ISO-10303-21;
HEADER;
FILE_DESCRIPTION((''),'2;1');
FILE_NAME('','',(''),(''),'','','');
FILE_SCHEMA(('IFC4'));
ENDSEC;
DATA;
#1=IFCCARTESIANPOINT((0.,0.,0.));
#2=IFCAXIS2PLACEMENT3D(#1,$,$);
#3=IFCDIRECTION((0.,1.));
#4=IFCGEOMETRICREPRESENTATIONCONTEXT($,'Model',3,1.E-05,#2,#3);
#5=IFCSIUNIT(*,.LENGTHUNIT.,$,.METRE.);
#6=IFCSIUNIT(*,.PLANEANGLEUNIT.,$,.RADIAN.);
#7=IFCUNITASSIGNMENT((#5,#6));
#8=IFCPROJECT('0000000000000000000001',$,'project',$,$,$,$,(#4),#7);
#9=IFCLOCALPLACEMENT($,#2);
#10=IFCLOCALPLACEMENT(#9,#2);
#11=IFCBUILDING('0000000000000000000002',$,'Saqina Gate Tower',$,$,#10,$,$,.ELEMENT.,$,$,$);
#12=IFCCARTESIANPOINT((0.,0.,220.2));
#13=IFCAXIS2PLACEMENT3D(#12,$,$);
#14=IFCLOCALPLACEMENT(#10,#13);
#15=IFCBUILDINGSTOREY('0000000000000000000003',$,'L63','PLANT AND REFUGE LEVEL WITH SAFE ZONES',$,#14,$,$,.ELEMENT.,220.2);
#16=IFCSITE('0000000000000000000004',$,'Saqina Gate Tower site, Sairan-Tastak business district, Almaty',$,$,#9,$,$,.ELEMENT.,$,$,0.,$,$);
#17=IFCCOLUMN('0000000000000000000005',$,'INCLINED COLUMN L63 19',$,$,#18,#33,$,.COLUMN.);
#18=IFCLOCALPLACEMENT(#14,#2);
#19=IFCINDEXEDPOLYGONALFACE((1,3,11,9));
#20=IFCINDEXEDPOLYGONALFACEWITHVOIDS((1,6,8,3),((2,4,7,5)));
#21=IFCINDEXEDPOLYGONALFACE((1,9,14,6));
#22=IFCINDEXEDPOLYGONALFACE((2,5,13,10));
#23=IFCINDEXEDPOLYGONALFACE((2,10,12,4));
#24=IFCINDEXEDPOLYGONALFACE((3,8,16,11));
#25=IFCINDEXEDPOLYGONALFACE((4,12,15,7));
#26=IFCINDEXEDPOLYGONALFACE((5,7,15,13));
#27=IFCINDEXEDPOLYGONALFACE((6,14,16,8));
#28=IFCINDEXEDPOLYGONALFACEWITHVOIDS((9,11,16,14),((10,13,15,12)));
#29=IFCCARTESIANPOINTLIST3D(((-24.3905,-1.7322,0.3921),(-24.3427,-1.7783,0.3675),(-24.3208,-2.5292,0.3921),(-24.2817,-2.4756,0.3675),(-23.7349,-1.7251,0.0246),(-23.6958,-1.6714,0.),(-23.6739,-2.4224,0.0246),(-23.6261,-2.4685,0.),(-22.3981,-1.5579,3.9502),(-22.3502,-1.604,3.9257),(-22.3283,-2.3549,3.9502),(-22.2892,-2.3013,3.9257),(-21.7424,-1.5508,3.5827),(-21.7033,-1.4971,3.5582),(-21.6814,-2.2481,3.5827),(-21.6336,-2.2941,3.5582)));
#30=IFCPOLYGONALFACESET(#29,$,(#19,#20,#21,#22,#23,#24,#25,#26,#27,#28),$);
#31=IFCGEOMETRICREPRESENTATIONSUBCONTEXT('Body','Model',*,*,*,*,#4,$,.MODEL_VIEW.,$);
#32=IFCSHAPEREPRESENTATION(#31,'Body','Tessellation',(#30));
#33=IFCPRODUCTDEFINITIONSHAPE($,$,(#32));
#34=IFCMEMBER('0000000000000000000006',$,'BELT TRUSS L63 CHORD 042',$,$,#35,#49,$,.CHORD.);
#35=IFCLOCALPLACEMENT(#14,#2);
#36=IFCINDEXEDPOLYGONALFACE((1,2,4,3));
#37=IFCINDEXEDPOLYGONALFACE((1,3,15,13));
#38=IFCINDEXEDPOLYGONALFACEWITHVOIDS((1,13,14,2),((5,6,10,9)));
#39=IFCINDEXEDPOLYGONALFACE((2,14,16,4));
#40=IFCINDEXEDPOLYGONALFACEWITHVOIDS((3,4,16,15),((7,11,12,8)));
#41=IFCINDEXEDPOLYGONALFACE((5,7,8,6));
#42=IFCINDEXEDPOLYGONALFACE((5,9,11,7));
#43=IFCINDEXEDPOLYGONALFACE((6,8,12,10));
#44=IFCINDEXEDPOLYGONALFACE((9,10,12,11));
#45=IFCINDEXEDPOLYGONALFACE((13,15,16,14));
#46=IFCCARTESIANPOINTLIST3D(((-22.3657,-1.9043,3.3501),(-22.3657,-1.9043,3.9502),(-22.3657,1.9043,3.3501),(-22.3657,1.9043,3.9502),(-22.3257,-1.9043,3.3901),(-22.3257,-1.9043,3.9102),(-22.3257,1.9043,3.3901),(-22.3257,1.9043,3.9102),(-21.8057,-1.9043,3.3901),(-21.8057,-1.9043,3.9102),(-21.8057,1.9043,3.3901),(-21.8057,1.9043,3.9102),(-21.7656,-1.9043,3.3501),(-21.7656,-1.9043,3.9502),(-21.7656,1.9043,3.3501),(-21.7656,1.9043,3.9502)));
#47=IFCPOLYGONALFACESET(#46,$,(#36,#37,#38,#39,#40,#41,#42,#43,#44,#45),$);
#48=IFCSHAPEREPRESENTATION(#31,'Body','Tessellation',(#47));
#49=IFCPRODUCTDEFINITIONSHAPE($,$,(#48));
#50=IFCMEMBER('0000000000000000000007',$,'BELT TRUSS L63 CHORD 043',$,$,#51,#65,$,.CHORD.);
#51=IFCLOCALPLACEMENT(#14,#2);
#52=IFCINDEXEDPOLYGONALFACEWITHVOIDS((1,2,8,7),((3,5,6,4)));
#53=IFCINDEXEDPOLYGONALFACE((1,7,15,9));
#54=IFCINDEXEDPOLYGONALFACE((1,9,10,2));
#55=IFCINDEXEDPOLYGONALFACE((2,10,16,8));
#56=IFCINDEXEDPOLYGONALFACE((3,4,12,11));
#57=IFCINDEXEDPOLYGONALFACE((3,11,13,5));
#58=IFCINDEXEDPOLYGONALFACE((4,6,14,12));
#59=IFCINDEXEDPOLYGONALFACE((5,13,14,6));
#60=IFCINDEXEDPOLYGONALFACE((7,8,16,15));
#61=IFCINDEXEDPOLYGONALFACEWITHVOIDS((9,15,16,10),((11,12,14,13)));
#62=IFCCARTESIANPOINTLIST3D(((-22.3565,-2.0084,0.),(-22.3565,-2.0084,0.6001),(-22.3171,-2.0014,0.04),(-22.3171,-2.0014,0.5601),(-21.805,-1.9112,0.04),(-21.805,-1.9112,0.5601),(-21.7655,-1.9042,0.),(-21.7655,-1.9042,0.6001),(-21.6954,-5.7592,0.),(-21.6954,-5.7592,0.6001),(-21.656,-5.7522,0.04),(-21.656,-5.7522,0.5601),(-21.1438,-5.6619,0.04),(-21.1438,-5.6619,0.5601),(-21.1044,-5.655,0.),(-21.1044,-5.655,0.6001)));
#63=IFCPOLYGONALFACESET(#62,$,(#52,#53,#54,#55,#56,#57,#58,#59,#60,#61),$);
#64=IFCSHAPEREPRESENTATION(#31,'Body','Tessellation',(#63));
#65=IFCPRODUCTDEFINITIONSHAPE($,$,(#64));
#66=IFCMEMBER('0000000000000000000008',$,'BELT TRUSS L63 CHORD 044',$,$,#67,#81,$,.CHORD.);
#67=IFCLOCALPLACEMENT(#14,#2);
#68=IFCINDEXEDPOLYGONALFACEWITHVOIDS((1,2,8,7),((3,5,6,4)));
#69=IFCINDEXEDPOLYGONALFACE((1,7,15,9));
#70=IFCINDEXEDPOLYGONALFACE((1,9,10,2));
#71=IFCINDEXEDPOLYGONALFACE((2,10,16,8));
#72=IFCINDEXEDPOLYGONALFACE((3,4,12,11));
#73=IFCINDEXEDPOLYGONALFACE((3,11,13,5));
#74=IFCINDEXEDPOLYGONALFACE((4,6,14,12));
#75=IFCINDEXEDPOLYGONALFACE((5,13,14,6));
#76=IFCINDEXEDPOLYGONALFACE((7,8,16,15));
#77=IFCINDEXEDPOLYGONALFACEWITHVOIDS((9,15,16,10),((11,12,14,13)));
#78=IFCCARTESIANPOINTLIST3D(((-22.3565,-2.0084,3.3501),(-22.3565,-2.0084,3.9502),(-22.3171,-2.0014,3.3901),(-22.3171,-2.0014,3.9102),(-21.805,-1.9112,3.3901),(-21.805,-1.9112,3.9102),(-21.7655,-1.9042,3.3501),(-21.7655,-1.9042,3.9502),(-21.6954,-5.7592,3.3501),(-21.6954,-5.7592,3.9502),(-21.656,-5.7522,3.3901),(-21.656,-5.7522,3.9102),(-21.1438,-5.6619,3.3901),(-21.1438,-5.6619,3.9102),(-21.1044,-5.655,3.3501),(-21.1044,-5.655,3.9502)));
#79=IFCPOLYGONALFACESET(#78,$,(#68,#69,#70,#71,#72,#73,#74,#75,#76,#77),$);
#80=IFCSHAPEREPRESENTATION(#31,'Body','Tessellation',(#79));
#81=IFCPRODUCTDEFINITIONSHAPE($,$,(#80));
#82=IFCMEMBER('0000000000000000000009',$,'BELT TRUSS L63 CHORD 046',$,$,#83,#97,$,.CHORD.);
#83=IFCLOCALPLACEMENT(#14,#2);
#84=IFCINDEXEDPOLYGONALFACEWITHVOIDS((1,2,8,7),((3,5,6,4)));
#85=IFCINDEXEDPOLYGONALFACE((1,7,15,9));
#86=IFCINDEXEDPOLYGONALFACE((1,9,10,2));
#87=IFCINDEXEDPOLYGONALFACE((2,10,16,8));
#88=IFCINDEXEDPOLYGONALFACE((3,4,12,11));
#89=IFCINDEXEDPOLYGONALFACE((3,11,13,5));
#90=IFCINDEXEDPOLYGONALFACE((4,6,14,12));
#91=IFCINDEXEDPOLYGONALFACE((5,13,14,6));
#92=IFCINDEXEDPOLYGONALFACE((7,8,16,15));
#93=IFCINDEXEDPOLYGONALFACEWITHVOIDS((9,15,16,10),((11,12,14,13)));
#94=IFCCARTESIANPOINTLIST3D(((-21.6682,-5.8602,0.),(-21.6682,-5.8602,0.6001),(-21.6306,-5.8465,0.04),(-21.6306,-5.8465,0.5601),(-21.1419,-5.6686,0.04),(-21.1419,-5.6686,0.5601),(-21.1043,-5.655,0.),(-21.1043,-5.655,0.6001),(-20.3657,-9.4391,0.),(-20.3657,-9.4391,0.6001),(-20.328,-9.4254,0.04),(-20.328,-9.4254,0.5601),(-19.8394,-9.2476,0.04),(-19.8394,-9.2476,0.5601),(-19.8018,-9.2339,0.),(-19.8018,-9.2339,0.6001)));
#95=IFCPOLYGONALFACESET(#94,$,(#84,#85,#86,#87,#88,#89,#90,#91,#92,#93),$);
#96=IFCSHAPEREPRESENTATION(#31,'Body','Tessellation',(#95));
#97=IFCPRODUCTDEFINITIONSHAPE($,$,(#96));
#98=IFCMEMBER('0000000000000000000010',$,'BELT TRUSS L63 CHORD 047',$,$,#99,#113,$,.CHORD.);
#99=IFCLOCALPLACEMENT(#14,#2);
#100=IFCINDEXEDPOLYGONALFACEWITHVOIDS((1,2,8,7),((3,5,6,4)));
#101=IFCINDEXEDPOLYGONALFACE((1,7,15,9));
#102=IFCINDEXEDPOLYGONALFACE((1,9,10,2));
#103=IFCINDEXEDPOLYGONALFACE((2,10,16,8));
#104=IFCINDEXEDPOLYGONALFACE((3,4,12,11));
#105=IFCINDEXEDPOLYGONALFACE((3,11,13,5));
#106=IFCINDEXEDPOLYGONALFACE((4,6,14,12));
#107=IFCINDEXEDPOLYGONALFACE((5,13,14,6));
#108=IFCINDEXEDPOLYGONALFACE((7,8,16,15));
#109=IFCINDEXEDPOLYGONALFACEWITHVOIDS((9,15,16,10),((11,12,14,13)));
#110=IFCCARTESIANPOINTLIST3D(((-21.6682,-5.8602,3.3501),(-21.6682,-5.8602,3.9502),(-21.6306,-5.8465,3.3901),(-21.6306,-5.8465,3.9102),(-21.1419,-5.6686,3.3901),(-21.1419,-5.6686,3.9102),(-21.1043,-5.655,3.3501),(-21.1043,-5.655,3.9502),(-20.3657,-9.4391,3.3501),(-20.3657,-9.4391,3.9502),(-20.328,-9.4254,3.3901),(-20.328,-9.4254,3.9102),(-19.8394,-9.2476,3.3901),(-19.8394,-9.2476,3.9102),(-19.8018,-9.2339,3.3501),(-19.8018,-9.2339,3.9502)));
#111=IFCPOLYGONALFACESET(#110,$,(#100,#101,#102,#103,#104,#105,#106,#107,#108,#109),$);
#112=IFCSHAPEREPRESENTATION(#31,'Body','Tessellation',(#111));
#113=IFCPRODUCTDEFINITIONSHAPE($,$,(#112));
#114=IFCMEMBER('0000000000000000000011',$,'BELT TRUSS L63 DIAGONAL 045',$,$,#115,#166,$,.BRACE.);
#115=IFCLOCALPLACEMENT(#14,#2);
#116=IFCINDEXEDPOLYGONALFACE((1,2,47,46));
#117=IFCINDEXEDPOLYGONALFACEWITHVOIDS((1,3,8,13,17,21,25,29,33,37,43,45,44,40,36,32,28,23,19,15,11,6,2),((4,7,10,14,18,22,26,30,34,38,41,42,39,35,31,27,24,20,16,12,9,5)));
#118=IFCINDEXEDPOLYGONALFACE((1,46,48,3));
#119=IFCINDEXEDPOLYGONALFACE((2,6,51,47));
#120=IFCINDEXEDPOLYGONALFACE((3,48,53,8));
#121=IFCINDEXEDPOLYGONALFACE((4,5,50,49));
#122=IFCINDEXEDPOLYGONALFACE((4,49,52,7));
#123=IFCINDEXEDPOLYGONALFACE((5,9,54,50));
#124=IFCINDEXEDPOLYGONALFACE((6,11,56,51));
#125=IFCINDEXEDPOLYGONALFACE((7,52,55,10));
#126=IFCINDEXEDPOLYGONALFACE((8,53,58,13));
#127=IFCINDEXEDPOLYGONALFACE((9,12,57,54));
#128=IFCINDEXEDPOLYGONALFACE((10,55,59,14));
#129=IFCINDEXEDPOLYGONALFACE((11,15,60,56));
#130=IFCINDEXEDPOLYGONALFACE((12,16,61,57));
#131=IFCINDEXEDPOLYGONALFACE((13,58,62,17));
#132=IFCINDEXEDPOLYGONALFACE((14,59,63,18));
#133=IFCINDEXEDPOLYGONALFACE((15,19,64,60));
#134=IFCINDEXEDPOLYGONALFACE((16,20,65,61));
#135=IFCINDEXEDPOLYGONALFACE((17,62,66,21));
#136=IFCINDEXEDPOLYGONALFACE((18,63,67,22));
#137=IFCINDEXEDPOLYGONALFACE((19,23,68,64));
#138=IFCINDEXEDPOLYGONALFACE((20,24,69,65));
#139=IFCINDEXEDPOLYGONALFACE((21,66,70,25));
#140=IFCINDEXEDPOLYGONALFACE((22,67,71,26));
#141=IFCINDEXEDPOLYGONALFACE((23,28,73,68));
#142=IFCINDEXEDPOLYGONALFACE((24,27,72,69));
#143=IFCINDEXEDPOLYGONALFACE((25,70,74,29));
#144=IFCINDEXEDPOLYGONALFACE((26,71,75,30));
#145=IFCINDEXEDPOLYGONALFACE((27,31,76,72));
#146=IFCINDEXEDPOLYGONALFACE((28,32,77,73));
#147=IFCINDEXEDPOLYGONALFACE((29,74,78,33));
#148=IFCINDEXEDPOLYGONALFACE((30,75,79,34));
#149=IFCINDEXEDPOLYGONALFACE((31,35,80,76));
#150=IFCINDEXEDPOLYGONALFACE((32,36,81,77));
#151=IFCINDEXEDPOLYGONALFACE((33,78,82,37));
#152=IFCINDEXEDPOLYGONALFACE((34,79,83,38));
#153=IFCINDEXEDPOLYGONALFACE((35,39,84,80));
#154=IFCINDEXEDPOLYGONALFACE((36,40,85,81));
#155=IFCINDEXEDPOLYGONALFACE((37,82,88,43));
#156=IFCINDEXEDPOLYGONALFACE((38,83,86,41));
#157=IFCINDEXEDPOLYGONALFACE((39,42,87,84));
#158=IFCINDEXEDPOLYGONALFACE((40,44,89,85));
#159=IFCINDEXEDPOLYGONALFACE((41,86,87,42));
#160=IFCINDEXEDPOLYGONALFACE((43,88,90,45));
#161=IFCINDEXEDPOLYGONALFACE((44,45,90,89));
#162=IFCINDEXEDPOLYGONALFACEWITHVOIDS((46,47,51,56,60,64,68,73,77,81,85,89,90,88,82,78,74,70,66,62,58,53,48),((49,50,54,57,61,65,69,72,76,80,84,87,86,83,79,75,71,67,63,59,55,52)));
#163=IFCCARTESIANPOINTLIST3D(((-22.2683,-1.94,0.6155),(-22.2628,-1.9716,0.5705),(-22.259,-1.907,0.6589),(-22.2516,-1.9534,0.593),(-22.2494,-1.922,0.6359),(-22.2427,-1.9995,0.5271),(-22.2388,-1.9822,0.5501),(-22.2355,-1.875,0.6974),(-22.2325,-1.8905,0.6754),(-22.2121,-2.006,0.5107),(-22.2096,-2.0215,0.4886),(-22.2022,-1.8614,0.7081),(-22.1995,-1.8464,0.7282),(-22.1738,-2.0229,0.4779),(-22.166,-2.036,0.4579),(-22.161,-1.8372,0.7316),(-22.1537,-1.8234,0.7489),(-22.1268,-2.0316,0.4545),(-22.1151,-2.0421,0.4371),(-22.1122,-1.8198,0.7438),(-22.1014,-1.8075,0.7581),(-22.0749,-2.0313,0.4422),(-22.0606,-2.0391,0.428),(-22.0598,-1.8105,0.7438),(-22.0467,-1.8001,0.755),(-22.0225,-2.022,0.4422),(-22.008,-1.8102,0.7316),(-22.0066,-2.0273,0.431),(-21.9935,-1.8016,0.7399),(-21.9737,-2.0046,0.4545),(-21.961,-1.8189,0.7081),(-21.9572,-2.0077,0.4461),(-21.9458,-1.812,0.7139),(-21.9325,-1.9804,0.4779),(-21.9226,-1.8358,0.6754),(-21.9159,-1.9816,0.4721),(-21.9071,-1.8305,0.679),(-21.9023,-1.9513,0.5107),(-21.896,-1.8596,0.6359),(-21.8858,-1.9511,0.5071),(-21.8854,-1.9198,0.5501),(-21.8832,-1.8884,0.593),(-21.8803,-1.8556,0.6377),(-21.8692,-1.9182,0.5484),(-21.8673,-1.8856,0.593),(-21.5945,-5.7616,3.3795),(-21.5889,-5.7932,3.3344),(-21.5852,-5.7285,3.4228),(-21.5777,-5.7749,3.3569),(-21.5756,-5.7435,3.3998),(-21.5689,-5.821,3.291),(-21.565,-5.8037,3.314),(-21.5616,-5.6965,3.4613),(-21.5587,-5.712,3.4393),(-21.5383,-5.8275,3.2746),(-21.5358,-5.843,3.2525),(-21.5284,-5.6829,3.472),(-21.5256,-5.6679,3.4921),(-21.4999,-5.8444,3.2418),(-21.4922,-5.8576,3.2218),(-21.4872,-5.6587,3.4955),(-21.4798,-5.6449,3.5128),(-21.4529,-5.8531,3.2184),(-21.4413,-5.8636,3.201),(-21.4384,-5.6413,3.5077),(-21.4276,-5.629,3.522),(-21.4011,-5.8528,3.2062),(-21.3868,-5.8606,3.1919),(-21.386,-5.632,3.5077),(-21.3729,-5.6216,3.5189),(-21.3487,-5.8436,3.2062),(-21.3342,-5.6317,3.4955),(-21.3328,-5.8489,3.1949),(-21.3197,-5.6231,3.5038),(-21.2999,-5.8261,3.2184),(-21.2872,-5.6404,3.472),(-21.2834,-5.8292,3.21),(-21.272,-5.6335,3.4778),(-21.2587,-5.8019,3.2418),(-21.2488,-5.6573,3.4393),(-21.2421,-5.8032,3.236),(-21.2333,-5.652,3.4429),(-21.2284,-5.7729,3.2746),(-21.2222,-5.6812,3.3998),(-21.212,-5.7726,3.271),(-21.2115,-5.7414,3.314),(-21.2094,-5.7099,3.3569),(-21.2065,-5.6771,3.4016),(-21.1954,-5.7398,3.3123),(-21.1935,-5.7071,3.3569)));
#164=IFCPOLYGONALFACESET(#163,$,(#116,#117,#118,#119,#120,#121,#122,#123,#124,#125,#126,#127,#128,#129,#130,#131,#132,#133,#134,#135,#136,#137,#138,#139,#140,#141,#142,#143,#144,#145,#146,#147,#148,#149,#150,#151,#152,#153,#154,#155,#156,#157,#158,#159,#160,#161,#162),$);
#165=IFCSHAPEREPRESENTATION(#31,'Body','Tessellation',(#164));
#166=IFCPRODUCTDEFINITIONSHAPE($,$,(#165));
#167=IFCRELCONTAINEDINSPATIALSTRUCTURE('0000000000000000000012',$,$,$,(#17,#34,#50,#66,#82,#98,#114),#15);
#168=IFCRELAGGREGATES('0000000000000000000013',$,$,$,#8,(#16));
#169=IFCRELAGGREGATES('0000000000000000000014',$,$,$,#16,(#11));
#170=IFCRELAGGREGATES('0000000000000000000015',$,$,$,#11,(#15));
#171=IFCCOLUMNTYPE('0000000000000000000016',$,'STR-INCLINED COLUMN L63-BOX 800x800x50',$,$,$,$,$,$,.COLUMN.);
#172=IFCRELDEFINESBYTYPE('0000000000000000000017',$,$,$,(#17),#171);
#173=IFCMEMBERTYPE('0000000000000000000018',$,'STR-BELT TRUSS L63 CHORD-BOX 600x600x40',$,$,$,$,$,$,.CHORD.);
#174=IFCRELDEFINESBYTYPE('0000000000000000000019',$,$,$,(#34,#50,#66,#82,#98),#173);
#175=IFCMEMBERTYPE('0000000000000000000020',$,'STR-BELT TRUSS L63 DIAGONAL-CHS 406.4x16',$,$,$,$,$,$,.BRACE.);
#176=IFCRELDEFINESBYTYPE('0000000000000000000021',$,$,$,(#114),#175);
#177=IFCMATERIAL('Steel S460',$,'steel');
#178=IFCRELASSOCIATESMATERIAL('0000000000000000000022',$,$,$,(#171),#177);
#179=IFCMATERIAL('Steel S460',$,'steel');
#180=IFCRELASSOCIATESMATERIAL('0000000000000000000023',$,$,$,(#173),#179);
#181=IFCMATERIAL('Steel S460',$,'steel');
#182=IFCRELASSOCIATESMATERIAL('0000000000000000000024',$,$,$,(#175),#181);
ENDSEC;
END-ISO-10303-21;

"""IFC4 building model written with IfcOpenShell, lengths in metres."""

from ifc_helpers import new_model, si_unit, direction, frame, origin, origin_2d, place, context, subcontext, project, spatial, hollow_rectangle, hollow_circle, extrude, material, material_profile, profile_set, type_object, element, save


model = new_model("IFC4")

# Units and contexts
model_context = context("Model", 3, precision=1e-05, world=origin(), true_north=direction((0.0, 1.0)))
body_context = subcontext(model_context, "Body", "Model", "MODEL_VIEW")
ifc_project = project(units=[si_unit("LENGTHUNIT", "METRE"), si_unit("PLANEANGLEUNIT", "RADIAN")], contexts=[model_context])

# Site, building, storey
site_placement = place(None, origin())
site = spatial("IfcSite", under=ifc_project, at=site_placement, Name="Saqina Gate Tower site, Sairan-Tastak business district, Almaty", CompositionType="ELEMENT", RefElevation=0.0)
building_placement = place(site_placement, origin())
building = spatial("IfcBuilding", under=site, at=building_placement, Name="Saqina Gate Tower", CompositionType="ELEMENT")
storey_placement = place(building_placement, frame((0.0, 0.0, 220.2)))
storey = spatial("IfcBuildingStorey", under=building, at=storey_placement, Name="L63", Description="PLANT AND REFUGE LEVEL WITH SAFE ZONES", CompositionType="ELEMENT", Elevation=220.2)

# Column
ifc_material_1 = material(Name="Steel S460", Category="steel")
ifc_material_profile_1 = material_profile(ifc_material_1, hollow_rectangle(XDim=0.8, YDim=0.8, WallThickness=0.05, at=origin_2d()), Name="BOX 800x800x50")
ifc_profile_set_1 = profile_set([ifc_material_profile_1], Name="Steel S460")
column_type = type_object("IfcColumnType", Name="STR-INCLINED COLUMN L63-BOX 800x800x50", PredefinedType="COLUMN", material=ifc_profile_set_1)
column_placement = place(storey_placement, frame((-24.0083, -2.1003, 0.196), z_axis=(0.488138, 0.042707, 0.871721), x_axis=(-0.087156, 0.996195, 0.0)))
element("IfcColumn", 1, at=column_placement, inside=storey, type_object=column_type, Name="INCLINED COLUMN L63 19", PredefinedType="COLUMN", context=body_context, shape_type="SweptSolid", body=[
    extrude(hollow_rectangle(XDim=0.8, YDim=0.8, WallThickness=0.05, at=origin_2d()), origin(), (0.0, 0.0, 1.0), 4.0818),
])

# Members
ifc_material_2 = material(Name="Steel S460", Category="steel")
ifc_material_profile_2 = material_profile(ifc_material_2, hollow_rectangle(XDim=0.6001, YDim=0.6001, WallThickness=0.04, at=origin_2d()), Name="BOX 600x600x40")
ifc_profile_set_2 = profile_set([ifc_material_profile_2], Name="Steel S460")
member_type_1 = type_object("IfcMemberType", Name="STR-BELT TRUSS L63 CHORD-BOX 600x600x40", PredefinedType="CHORD", material=ifc_profile_set_2)
for number, where, z_axis, x_axis, name in (
    (2, (-22.0657, 1.9043, 3.6501), (0.0, -1.0, 0.0), (1.0, 0.0, 0.0), "BELT TRUSS L63 CHORD 042"),
    (3, (-22.061, -1.9563, 0.3), (0.173592, -0.984818, 0.0), (0.984818, 0.173592, 0.0), "BELT TRUSS L63 CHORD 043"),
    (4, (-22.061, -1.9563, 3.6501), (0.173592, -0.984818, 0.0), (0.984818, 0.173592, 0.0), "BELT TRUSS L63 CHORD 044"),
    (5, (-21.3862, -5.7576, 0.3), (0.341995, -0.939702, 0.0), (0.939702, 0.341995, 0.0), "BELT TRUSS L63 CHORD 046"),
    (6, (-21.3862, -5.7576, 3.6501), (0.341995, -0.939702, 0.0), (0.939702, 0.341995, 0.0), "BELT TRUSS L63 CHORD 047"),
):
    element("IfcMember", number, at=place(storey_placement, frame(where, z_axis=z_axis, x_axis=x_axis)), inside=storey, type_object=member_type_1, Name=name, PredefinedType="CHORD", context=body_context, shape_type="SweptSolid", body=[
        extrude(hollow_rectangle(XDim=0.6001, YDim=0.6001, WallThickness=0.04, at=origin_2d()), origin(), (0.0, 0.0, 1.0), 3.8086),
    ])
ifc_material_3 = material(Name="Steel S460", Category="steel")
ifc_material_profile_3 = material_profile(ifc_material_3, hollow_circle(Radius=0.2031, WallThickness=0.0161, at=origin_2d()), Name="CHS 406.4x16")
ifc_profile_set_3 = profile_set([ifc_material_profile_3], Name="Steel S460")
member_type_2 = type_object("IfcMemberType", Name="STR-BELT TRUSS L63 DIAGONAL-CHS 406.4x16", PredefinedType="BRACE", material=ifc_profile_set_3)
for number, where, z_axis, x_axis, name in (
    (7, (-22.0674, -1.9209, 0.593), (0.141436, -0.802139, 0.580145), (0.984808, 0.173645, 0.0), "BELT TRUSS L63 DIAGONAL 045"),
):
    element("IfcMember", number, at=place(storey_placement, frame(where, z_axis=z_axis, x_axis=x_axis)), inside=storey, type_object=member_type_2, Name=name, PredefinedType="BRACE", context=body_context, shape_type="SweptSolid", body=[
        extrude(hollow_circle(Radius=0.2031, WallThickness=0.0161, at=origin_2d()), origin(), (0.0, 0.0, 1.0), 4.7642),
    ])

save(model, "model.ifc")
